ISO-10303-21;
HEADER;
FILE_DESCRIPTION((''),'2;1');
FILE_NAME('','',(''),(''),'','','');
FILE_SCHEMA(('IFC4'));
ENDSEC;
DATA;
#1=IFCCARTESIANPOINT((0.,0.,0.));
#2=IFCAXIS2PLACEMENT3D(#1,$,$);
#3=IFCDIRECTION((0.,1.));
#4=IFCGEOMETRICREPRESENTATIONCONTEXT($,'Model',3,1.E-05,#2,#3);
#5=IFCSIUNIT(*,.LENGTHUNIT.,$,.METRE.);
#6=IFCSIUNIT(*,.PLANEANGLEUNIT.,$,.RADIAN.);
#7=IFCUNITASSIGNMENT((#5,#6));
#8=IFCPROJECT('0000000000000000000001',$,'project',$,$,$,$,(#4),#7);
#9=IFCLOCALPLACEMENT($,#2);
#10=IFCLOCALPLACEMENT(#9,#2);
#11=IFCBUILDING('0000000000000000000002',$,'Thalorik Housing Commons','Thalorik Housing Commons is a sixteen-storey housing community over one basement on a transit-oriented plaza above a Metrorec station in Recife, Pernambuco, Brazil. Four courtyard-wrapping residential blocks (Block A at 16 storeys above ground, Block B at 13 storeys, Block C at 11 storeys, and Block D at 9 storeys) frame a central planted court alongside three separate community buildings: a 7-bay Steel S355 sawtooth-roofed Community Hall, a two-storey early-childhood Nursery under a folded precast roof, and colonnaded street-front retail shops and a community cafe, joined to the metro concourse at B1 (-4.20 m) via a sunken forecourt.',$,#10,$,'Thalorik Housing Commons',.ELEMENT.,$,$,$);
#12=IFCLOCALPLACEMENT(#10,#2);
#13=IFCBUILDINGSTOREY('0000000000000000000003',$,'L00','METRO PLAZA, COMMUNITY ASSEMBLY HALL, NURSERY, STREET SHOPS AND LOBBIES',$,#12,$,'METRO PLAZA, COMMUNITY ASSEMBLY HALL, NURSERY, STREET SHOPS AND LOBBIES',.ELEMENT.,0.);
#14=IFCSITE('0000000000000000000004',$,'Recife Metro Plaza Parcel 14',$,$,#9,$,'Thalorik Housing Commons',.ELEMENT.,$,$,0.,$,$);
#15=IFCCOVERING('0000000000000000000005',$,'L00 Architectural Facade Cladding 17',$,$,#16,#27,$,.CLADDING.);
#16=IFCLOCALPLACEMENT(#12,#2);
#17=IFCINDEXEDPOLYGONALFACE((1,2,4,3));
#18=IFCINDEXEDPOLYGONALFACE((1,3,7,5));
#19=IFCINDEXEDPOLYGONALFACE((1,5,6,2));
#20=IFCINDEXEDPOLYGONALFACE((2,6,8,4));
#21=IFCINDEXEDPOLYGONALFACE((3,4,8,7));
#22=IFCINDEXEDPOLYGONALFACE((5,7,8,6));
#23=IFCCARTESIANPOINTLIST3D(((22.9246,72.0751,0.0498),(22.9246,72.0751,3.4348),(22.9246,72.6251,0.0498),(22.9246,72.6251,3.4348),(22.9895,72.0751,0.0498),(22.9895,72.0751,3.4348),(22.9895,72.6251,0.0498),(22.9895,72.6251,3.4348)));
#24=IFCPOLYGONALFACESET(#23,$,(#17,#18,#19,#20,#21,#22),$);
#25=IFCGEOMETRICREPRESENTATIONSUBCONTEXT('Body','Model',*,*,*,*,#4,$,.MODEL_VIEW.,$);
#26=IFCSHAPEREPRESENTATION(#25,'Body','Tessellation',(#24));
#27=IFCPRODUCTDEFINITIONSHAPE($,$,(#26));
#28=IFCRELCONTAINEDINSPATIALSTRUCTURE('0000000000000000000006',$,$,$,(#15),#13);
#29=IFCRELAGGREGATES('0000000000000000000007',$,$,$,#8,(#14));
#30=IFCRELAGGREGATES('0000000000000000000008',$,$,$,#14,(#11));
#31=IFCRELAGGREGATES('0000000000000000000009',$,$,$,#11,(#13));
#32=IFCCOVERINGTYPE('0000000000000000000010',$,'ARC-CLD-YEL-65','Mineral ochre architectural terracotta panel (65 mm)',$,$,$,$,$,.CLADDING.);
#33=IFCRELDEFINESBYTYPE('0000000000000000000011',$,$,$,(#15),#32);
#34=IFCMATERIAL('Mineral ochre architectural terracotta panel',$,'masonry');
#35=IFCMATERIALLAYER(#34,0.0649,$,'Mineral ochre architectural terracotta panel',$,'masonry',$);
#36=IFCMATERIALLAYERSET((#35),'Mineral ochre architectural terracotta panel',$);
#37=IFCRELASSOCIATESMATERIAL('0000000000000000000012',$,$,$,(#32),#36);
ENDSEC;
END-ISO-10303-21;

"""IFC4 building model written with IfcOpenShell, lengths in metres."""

from ifc_helpers import new_model, si_unit, direction, frame, origin, origin_2d, place, context, subcontext, project, spatial, rectangle, extrude, material, layer, layer_set, type_object, element, save


model = new_model("IFC4")

# Units and contexts
model_context = context("Model", 3, precision=1e-05, world=origin(), true_north=direction((0.0, 1.0)))
body_context = subcontext(model_context, "Body", "Model", "MODEL_VIEW")
ifc_project = project(units=[si_unit("LENGTHUNIT", "METRE"), si_unit("PLANEANGLEUNIT", "RADIAN")], contexts=[model_context])

# Site, building, storey
site_placement = place(None, origin())
site = spatial("IfcSite", under=ifc_project, at=site_placement, Name="Recife Metro Plaza Parcel 14", LongName="Thalorik Housing Commons", CompositionType="ELEMENT", RefElevation=0.0)
building_placement = place(site_placement, origin())
building = spatial("IfcBuilding", under=site, at=building_placement, Name="Thalorik Housing Commons", Description="Thalorik Housing Commons is a sixteen-storey housing community over one basement on a transit-oriented plaza above a Metrorec station in Recife, Pernambuco, Brazil. Four courtyard-wrapping residential blocks (Block A at 16 storeys above ground, Block B at 13 storeys, Block C at 11 storeys, and Block D at 9 storeys) frame a central planted court alongside three separate community buildings: a 7-bay Steel S355 sawtooth-roofed Community Hall, a two-storey early-childhood Nursery under a folded precast roof, and colonnaded street-front retail shops and a community cafe, joined to the metro concourse at B1 (-4.20 m) via a sunken forecourt.", LongName="Thalorik Housing Commons", CompositionType="ELEMENT")
storey_placement = place(building_placement, origin())
storey = spatial("IfcBuildingStorey", under=building, at=storey_placement, Name="L00", Description="METRO PLAZA, COMMUNITY ASSEMBLY HALL, NURSERY, STREET SHOPS AND LOBBIES", LongName="METRO PLAZA, COMMUNITY ASSEMBLY HALL, NURSERY, STREET SHOPS AND LOBBIES", CompositionType="ELEMENT", Elevation=0.0)

# Covering
ifc_material_1 = material(Name="Mineral ochre architectural terracotta panel", Category="masonry")
ifc_layer_1 = layer(ifc_material_1, 0.0649, Name="Mineral ochre architectural terracotta panel", Category="masonry")
ifc_layer_set_1 = layer_set([ifc_layer_1], Name="Mineral ochre architectural terracotta panel")
covering_type_1 = type_object("IfcCoveringType", Name="ARC-CLD-YEL-65", Description="Mineral ochre architectural terracotta panel (65 mm)", PredefinedType="CLADDING", material=ifc_layer_set_1)
covering_placement = place(storey_placement, frame((22.957, 72.3501, 0.0498), z_axis=(0.0, 0.0, 1.0), x_axis=(0.0, 1.0, 0.0)))
element("IfcCovering", 1, at=covering_placement, inside=storey, type_object=covering_type_1, Name="L00 Architectural Facade Cladding 17", PredefinedType="CLADDING", context=body_context, shape_type="SweptSolid", body=[
    extrude(rectangle(XDim=0.55, YDim=0.0649, at=origin_2d()), origin(), (0.0, 0.0, 1.0), 3.385),
])

save(model, "model.ifc")
